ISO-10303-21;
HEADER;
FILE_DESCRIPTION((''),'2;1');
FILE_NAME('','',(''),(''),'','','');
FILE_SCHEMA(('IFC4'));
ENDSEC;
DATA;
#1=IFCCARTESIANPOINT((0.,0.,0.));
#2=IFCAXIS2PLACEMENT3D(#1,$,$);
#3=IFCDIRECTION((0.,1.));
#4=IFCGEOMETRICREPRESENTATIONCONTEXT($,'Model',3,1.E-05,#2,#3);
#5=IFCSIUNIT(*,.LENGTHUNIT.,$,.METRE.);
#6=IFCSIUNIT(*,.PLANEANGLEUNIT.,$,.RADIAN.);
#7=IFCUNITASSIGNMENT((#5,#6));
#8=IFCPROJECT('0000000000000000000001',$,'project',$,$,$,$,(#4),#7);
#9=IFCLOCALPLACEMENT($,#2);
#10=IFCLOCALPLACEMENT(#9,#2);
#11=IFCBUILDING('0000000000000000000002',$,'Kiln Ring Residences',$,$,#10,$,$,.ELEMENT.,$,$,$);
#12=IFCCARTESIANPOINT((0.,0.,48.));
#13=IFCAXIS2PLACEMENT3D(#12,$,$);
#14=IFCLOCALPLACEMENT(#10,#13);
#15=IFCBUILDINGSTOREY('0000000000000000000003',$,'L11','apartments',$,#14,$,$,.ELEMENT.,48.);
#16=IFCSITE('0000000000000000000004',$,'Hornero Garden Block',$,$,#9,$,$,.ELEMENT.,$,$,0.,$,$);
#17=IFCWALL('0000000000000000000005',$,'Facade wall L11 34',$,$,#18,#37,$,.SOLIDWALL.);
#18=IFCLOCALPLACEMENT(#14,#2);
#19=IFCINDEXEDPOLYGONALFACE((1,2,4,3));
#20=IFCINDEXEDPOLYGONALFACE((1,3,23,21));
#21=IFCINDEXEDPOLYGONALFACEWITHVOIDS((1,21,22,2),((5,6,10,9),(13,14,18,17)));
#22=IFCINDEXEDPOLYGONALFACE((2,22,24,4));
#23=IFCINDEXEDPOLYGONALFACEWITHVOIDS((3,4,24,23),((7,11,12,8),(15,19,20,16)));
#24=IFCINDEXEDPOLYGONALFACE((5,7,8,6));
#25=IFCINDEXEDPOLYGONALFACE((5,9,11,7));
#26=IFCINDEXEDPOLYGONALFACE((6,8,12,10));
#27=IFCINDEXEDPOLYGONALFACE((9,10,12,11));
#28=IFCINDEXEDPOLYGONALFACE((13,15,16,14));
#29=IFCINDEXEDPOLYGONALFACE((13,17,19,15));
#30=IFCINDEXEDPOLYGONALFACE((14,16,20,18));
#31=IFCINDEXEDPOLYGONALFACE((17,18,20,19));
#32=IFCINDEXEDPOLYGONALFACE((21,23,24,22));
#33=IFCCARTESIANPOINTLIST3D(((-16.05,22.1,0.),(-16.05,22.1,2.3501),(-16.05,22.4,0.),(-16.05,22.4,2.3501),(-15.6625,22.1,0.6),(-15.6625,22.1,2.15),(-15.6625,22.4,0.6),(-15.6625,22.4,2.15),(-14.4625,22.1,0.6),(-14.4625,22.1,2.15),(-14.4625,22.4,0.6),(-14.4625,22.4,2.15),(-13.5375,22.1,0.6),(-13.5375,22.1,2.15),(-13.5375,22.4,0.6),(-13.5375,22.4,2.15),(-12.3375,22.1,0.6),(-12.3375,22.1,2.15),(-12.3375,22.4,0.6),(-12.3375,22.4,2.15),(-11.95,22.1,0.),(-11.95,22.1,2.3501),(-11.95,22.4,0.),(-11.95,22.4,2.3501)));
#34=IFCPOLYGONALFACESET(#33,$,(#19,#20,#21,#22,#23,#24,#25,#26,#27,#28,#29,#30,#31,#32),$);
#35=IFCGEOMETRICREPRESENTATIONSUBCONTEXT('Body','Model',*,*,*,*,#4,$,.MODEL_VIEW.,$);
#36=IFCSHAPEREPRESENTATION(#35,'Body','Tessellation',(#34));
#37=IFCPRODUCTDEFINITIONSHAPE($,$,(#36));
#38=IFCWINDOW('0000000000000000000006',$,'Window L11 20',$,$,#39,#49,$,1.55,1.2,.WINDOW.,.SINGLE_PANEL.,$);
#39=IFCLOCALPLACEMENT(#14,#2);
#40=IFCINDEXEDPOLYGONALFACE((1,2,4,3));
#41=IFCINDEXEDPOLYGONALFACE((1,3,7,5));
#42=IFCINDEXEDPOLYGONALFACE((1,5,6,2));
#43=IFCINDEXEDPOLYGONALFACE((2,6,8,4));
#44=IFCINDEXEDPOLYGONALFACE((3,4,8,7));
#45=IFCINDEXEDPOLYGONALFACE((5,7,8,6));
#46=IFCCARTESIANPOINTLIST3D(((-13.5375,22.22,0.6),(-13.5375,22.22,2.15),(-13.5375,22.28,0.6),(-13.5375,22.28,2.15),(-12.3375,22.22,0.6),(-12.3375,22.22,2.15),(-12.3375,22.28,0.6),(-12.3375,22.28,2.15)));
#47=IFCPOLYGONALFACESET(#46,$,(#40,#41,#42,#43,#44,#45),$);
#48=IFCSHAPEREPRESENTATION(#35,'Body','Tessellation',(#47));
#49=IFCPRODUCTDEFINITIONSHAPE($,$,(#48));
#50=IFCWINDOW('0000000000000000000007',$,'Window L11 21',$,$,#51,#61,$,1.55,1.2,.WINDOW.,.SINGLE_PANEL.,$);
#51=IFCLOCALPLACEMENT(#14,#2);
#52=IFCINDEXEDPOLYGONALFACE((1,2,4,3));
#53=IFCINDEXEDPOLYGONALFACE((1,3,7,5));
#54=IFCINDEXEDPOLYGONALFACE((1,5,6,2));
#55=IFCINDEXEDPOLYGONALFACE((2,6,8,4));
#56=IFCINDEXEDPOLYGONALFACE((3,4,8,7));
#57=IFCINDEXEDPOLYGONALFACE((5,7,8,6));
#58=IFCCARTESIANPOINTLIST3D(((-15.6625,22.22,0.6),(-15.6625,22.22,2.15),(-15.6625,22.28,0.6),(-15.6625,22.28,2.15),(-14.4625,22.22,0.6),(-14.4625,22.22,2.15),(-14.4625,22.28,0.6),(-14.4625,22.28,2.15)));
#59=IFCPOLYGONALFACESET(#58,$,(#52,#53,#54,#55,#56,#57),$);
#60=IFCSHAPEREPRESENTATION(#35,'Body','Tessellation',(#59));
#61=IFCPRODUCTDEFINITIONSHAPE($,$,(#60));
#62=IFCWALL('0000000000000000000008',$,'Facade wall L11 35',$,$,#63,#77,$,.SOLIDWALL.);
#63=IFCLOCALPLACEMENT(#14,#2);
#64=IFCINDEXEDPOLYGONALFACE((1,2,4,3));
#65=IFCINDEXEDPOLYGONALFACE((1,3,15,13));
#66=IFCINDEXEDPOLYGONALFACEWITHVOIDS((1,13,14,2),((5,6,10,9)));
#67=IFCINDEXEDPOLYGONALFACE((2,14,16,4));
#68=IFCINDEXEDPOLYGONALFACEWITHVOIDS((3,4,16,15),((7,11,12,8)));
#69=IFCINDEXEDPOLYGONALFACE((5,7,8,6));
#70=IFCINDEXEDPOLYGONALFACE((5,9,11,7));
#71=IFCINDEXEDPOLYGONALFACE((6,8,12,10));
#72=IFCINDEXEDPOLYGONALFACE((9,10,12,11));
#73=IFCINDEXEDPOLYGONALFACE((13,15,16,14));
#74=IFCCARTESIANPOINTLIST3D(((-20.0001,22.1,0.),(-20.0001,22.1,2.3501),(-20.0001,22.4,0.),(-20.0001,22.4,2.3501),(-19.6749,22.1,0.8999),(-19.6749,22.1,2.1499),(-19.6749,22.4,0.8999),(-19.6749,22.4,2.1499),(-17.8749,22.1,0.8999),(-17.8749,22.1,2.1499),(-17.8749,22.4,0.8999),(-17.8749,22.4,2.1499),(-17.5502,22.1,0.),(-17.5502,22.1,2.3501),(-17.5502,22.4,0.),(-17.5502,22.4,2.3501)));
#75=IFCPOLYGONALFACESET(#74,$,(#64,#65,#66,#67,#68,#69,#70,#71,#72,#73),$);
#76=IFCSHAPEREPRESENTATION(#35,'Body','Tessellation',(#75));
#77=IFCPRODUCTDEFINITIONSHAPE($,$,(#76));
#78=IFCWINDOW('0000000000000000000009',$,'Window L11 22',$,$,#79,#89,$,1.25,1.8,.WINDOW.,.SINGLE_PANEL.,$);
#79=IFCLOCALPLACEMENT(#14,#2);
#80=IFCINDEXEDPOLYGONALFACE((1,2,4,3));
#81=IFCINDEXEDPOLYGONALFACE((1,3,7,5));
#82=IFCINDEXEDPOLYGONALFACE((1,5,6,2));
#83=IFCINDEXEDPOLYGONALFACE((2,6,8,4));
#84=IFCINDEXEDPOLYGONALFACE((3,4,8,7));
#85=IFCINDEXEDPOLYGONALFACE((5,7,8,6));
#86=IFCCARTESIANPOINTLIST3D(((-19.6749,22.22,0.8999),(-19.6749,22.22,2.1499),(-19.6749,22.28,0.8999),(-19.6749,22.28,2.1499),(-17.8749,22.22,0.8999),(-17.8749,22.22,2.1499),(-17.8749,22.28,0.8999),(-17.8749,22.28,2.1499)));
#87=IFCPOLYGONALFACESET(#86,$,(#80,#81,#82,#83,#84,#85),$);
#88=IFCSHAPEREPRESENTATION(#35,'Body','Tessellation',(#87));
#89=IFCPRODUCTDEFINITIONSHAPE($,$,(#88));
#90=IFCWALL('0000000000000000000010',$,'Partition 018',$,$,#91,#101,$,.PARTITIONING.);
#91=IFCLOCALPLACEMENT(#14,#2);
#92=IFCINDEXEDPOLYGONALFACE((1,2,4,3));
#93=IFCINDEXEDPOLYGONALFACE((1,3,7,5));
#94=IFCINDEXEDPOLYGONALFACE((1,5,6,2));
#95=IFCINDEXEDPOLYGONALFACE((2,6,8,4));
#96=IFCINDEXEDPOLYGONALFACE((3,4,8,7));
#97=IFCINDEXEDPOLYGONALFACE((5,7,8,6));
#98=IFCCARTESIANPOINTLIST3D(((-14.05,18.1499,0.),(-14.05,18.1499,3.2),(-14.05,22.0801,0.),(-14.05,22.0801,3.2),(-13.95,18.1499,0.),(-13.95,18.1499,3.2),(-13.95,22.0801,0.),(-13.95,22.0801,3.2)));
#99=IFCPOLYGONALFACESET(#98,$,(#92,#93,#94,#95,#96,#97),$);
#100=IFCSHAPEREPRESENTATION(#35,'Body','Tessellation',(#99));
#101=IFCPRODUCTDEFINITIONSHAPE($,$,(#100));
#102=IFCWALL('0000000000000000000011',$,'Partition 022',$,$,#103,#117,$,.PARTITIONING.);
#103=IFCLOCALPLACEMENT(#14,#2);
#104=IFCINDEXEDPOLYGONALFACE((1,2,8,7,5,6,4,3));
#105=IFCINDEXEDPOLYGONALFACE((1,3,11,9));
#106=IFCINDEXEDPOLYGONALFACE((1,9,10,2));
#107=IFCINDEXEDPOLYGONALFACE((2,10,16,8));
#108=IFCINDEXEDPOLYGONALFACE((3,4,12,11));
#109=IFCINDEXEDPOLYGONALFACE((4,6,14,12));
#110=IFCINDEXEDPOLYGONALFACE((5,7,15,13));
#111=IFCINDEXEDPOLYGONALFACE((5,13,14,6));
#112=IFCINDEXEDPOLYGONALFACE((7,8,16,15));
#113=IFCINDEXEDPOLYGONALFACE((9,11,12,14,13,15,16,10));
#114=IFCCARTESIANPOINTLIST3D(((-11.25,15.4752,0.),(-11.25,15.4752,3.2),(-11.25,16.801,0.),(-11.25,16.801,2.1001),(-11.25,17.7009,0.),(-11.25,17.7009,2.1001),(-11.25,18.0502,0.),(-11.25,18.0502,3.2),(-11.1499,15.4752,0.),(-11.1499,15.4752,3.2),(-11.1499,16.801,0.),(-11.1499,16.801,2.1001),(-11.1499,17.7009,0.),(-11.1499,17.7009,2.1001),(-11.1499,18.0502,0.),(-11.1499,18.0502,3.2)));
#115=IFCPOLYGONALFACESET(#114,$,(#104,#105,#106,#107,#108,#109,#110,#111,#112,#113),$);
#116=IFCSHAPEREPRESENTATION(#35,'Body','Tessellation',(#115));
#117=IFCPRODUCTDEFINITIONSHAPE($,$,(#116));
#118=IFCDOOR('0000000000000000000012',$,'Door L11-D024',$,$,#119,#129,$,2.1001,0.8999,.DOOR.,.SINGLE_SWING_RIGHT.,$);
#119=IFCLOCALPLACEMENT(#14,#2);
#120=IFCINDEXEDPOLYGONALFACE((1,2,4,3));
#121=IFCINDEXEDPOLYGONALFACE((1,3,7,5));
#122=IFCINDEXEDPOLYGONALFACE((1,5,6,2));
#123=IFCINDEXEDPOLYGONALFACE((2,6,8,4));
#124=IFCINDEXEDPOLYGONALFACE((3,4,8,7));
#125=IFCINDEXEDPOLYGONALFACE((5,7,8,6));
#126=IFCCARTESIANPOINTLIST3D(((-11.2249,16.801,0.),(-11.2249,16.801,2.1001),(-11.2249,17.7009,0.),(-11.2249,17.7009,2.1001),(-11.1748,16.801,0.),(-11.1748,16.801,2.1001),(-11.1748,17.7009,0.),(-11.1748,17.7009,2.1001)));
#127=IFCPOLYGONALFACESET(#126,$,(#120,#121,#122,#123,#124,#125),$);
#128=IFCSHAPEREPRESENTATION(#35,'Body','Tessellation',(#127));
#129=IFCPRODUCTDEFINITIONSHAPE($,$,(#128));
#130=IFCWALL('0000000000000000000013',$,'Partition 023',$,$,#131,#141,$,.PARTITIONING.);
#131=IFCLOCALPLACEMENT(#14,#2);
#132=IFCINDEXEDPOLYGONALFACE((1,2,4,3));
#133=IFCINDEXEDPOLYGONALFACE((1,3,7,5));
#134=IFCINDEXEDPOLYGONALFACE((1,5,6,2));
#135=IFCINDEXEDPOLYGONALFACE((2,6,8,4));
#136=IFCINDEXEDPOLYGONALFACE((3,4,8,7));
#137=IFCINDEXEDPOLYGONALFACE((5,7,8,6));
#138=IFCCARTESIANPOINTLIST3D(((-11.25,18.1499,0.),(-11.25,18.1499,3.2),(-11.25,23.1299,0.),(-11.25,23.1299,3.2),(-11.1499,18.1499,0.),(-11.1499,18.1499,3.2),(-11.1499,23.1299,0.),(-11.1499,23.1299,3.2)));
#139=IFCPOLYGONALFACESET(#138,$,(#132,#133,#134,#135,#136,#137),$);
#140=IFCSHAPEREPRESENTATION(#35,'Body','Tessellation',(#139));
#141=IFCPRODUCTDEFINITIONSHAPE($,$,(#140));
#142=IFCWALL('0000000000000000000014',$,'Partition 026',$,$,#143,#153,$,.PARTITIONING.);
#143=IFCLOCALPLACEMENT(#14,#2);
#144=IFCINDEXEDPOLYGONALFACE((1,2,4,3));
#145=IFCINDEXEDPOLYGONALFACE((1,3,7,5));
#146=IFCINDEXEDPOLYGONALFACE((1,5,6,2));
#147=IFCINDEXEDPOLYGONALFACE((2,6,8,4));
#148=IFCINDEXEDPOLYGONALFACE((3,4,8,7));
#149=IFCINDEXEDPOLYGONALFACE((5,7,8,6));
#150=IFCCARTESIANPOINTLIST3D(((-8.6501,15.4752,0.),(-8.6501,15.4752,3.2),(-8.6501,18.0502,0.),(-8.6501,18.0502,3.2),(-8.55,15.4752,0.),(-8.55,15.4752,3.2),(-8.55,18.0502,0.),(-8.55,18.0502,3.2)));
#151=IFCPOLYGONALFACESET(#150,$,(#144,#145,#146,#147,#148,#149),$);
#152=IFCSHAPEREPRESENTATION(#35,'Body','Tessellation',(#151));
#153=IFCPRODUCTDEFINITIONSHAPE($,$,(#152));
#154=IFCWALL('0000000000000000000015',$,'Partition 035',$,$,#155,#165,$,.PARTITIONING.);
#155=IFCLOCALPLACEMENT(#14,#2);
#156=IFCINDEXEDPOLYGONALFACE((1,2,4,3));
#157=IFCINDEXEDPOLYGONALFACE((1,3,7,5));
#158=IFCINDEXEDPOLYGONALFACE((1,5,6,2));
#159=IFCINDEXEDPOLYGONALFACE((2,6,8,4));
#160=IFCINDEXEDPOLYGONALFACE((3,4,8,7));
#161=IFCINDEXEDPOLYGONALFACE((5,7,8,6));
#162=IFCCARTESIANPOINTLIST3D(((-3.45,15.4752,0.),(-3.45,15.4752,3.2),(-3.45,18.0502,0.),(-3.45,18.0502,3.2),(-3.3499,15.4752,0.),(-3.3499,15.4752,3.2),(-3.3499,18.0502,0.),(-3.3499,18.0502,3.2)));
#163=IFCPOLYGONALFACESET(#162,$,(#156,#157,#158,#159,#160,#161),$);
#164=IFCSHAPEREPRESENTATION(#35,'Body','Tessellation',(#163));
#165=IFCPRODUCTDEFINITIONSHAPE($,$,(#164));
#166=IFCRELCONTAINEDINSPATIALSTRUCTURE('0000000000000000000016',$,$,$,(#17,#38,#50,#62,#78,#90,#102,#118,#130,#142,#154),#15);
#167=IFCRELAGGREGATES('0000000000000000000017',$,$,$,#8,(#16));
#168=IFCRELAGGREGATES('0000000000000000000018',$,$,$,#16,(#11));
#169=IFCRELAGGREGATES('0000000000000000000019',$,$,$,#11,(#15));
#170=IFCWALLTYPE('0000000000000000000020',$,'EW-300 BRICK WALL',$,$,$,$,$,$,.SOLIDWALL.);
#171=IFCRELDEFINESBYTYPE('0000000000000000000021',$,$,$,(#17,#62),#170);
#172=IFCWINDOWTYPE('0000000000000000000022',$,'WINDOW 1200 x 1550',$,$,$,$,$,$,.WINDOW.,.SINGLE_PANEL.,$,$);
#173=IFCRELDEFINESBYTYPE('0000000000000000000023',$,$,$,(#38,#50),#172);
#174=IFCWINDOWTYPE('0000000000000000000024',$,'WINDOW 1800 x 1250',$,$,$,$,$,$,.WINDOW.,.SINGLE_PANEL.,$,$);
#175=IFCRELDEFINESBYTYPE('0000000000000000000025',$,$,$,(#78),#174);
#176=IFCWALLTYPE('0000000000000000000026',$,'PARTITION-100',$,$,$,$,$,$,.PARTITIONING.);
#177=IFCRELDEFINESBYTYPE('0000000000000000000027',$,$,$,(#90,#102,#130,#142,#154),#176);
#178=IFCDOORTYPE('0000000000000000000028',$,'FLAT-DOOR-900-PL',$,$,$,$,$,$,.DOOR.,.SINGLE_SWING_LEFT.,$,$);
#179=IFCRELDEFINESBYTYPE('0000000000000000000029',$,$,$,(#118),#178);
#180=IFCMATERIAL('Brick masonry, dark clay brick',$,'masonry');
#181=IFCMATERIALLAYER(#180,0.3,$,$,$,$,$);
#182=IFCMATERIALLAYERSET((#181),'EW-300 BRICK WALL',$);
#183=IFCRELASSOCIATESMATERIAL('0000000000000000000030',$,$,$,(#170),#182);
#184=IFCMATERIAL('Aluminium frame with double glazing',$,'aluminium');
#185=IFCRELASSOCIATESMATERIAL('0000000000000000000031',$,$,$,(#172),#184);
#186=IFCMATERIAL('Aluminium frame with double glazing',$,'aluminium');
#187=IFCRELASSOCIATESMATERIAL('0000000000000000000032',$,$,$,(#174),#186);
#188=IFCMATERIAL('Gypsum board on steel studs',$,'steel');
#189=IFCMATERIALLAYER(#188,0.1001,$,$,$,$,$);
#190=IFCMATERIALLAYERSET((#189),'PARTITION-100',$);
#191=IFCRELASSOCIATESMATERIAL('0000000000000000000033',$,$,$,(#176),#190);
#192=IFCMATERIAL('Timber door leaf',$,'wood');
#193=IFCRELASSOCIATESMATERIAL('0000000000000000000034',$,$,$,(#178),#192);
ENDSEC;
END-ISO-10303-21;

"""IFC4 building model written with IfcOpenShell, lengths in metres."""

from ifc_helpers import new_model, si_unit, direction, frame, frame_2d, origin, place, context, subcontext, project, spatial, rectangle, extrude, material, layer, layer_set, type_object, element, fill, save


model = new_model("IFC4")

# Units and contexts
model_context = context("Model", 3, precision=1e-05, world=origin(), true_north=direction((0.0, 1.0)))
body_context = subcontext(model_context, "Body", "Model", "MODEL_VIEW")
ifc_project = project(units=[si_unit("LENGTHUNIT", "METRE"), si_unit("PLANEANGLEUNIT", "RADIAN")], contexts=[model_context])

# Site, building, storey
site_placement = place(None, origin())
site = spatial("IfcSite", under=ifc_project, at=site_placement, Name="Hornero Garden Block", CompositionType="ELEMENT", RefElevation=0.0)
building_placement = place(site_placement, origin())
building = spatial("IfcBuilding", under=site, at=building_placement, Name="Kiln Ring Residences", CompositionType="ELEMENT")
storey_placement = place(building_placement, frame((0.0, 0.0, 48.0)))
storey = spatial("IfcBuildingStorey", under=building, at=storey_placement, Name="L11", Description="apartments", CompositionType="ELEMENT", Elevation=48.0)

# Shared definitions
ifc_material_1 = material(Name="Brick masonry, dark clay brick", Category="masonry")
ifc_layer_1 = layer(ifc_material_1, 0.3)
ifc_layer_set_1 = layer_set([ifc_layer_1], Name="EW-300 BRICK WALL")
wall_type_1 = type_object("IfcWallType", Name="EW-300 BRICK WALL", PredefinedType="SOLIDWALL", material=ifc_layer_set_1)

# Wall, openings, windows
wall_1_placement = place(storey_placement, frame((-11.95, 22.25, 0.0), z_axis=(0.0, 0.0, 1.0), x_axis=(-1.0, 0.0, 0.0)))
wall_1 = element("IfcWall", 1, at=wall_1_placement, inside=storey, type_object=wall_type_1, Name="Facade wall L11 34", PredefinedType="SOLIDWALL", context=body_context, shape_type="SweptSolid", body=[
    extrude(rectangle(XDim=4.1001, YDim=0.3, at=frame_2d((2.05, 0.0))), origin(), (0.0, 0.0, 1.0), 2.3501),
])
opening_1_placement = place(wall_1_placement, frame((0.3875, 0.0, 0.6001)))
opening_1 = element("IfcOpeningElement", 2, at=opening_1_placement, cuts=wall_1, PredefinedType="OPENING", context=body_context, shape_type="SweptSolid", body=[
    extrude(rectangle(XDim=1.2, YDim=1.55, at=frame_2d((0.6001, 0.7749))), frame((0.0, 0.1599, 0.0), z_axis=(0.0, -1.0, 0.0), x_axis=(1.0, 0.0, 0.0)), (0.0, 0.0, 1.0), 0.3201),
])
opening_2_placement = place(wall_1_placement, frame((2.5125, 0.0, 0.6001)))
opening_2 = element("IfcOpeningElement", 3, at=opening_2_placement, cuts=wall_1, PredefinedType="OPENING", context=body_context, shape_type="SweptSolid", body=[
    extrude(rectangle(XDim=1.2, YDim=1.55, at=frame_2d((0.6001, 0.7749))), frame((0.0, 0.1599, 0.0), z_axis=(0.0, -1.0, 0.0), x_axis=(1.0, 0.0, 0.0)), (0.0, 0.0, 1.0), 0.3201),
])
ifc_material_2 = material(Name="Aluminium frame with double glazing", Category="aluminium")
window_type_1 = type_object("IfcWindowType", Name="WINDOW 1200 x 1550", PartitioningType="SINGLE_PANEL", PredefinedType="WINDOW", material=ifc_material_2)
window_1_placement = place(opening_1_placement, origin())
window_1 = element("IfcWindow", 4, at=window_1_placement, inside=storey, type_object=window_type_1, Name="Window L11 20", OverallHeight=1.55, OverallWidth=1.2, PartitioningType="SINGLE_PANEL", PredefinedType="WINDOW", context=body_context, shape_type="SweptSolid", body=[
    extrude(rectangle(XDim=1.2, YDim=1.55, at=frame_2d((0.6001, 0.7749))), frame((0.0, 0.03, 0.0), z_axis=(0.0, -1.0, 0.0), x_axis=(1.0, 0.0, 0.0)), (0.0, 0.0, 1.0), 0.0601),
])
fill(opening_1, window_1)
window_2_placement = place(opening_2_placement, origin())
window_2 = element("IfcWindow", 5, at=window_2_placement, inside=storey, type_object=window_type_1, Name="Window L11 21", OverallHeight=1.55, OverallWidth=1.2, PartitioningType="SINGLE_PANEL", PredefinedType="WINDOW", context=body_context, shape_type="SweptSolid", body=[
    extrude(rectangle(XDim=1.2, YDim=1.55, at=frame_2d((0.6001, 0.7749))), frame((0.0, 0.03, 0.0), z_axis=(0.0, -1.0, 0.0), x_axis=(1.0, 0.0, 0.0)), (0.0, 0.0, 1.0), 0.0601),
])
fill(opening_2, window_2)

# Wall, opening, window
wall_2_placement = place(storey_placement, frame((-17.55, 22.25, 0.0), z_axis=(0.0, 0.0, 1.0), x_axis=(-1.0, 0.0, 0.0)))
wall_2 = element("IfcWall", 6, at=wall_2_placement, inside=storey, type_object=wall_type_1, Name="Facade wall L11 35", PredefinedType="SOLIDWALL", context=body_context, shape_type="SweptSolid", body=[
    extrude(rectangle(XDim=2.45, YDim=0.3, at=frame_2d((1.2251, 0.0))), origin(), (0.0, 0.0, 1.0), 2.3501),
])
opening_3_placement = place(wall_2_placement, frame((0.325, 0.0, 0.8999)))
opening_3 = element("IfcOpeningElement", 7, at=opening_3_placement, cuts=wall_2, PredefinedType="OPENING", context=body_context, shape_type="SweptSolid", body=[
    extrude(rectangle(XDim=1.8, YDim=1.25, at=frame_2d((0.8999, 0.625))), frame((0.0, 0.1599, 0.0), z_axis=(0.0, -1.0, 0.0), x_axis=(1.0, 0.0, 0.0)), (0.0, 0.0, 1.0), 0.3201),
])
ifc_material_3 = material(Name="Aluminium frame with double glazing", Category="aluminium")
window_type_2 = type_object("IfcWindowType", Name="WINDOW 1800 x 1250", PartitioningType="SINGLE_PANEL", PredefinedType="WINDOW", material=ifc_material_3)
window_3_placement = place(opening_3_placement, origin())
window_3 = element("IfcWindow", 8, at=window_3_placement, inside=storey, type_object=window_type_2, Name="Window L11 22", OverallHeight=1.25, OverallWidth=1.8, PartitioningType="SINGLE_PANEL", PredefinedType="WINDOW", context=body_context, shape_type="SweptSolid", body=[
    extrude(rectangle(XDim=1.8, YDim=1.25, at=frame_2d((0.8999, 0.625))), frame((0.0, 0.03, 0.0), z_axis=(0.0, -1.0, 0.0), x_axis=(1.0, 0.0, 0.0)), (0.0, 0.0, 1.0), 0.0601),
])
fill(opening_3, window_3)

# Wall
ifc_material_4 = material(Name="Gypsum board on steel studs", Category="steel")
ifc_layer_2 = layer(ifc_material_4, 0.1001)
ifc_layer_set_2 = layer_set([ifc_layer_2], Name="PARTITION-100")
wall_type_2 = type_object("IfcWallType", Name="PARTITION-100", PredefinedType="PARTITIONING", material=ifc_layer_set_2)
wall_3_placement = place(storey_placement, frame((-14.0, 18.1499, 0.0), z_axis=(0.0, 0.0, 1.0), x_axis=(0.0, 1.0, 0.0)))
element("IfcWall", 9, at=wall_3_placement, inside=storey, type_object=wall_type_2, Name="Partition 018", PredefinedType="PARTITIONING", context=body_context, shape_type="SweptSolid", body=[
    extrude(rectangle(XDim=3.9302, YDim=0.1001, at=frame_2d((1.9651, 0.0))), origin(), (0.0, 0.0, 1.0), 3.2),
])

# Wall, opening, door
wall_4_placement = place(storey_placement, frame((-11.2, 15.4751, 0.0), z_axis=(0.0, 0.0, 1.0), x_axis=(0.0, 1.0, 0.0)))
wall_4 = element("IfcWall", 10, at=wall_4_placement, inside=storey, type_object=wall_type_2, Name="Partition 022", PredefinedType="PARTITIONING", context=body_context, shape_type="SweptSolid", body=[
    extrude(rectangle(XDim=2.575, YDim=0.1001, at=frame_2d((1.2876, 0.0))), origin(), (0.0, 0.0, 1.0), 3.2),
])
opening_4_placement = place(wall_4_placement, frame((1.3259, 0.0, 0.0)))
opening_4 = element("IfcOpeningElement", 11, at=opening_4_placement, cuts=wall_4, PredefinedType="OPENING", context=body_context, shape_type="SweptSolid", body=[
    extrude(rectangle(XDim=0.8999, YDim=2.1001, at=frame_2d((0.45, 1.05))), frame((0.0, 0.0601, 0.0), z_axis=(0.0, -1.0, 0.0), x_axis=(1.0, 0.0, 0.0)), (0.0, 0.0, 1.0), 0.1201),
])
ifc_material_5 = material(Name="Timber door leaf", Category="wood")
door_type = type_object("IfcDoorType", Name="FLAT-DOOR-900-PL", OperationType="SINGLE_SWING_LEFT", PredefinedType="DOOR", material=ifc_material_5)
door_placement = place(opening_4_placement, origin())
door = element("IfcDoor", 12, at=door_placement, inside=storey, type_object=door_type, Name="Door L11-D024", OperationType="SINGLE_SWING_RIGHT", OverallHeight=2.1001, OverallWidth=0.8999, PredefinedType="DOOR", context=body_context, shape_type="SweptSolid", body=[
    extrude(rectangle(XDim=0.8999, YDim=2.1001, at=frame_2d((0.45, 1.05))), frame((0.0, 0.0249, 0.0), z_axis=(0.0, -1.0, 0.0), x_axis=(1.0, 0.0, 0.0)), (0.0, 0.0, 1.0), 0.05),
])
fill(opening_4, door)

# Walls
wall_5_placement = place(storey_placement, frame((-11.2, 18.1499, 0.0), z_axis=(0.0, 0.0, 1.0), x_axis=(0.0, 1.0, 0.0)))
element("IfcWall", 13, at=wall_5_placement, inside=storey, type_object=wall_type_2, Name="Partition 023", PredefinedType="PARTITIONING", context=body_context, shape_type="SweptSolid", body=[
    extrude(rectangle(XDim=4.98, YDim=0.1001, at=frame_2d((2.49, 0.0))), origin(), (0.0, 0.0, 1.0), 3.2),
])
for number, where, z_axis, x_axis, name in (
    (14, (-8.6001, 15.4751, 0.0), (0.0, 0.0, 1.0), (0.0, 1.0, 0.0), "Partition 026"),
    (15, (-3.3999, 15.4751, 0.0), (0.0, 0.0, 1.0), (0.0, 1.0, 0.0), "Partition 035"),
):
    element("IfcWall", number, at=place(storey_placement, frame(where, z_axis=z_axis, x_axis=x_axis)), inside=storey, type_object=wall_type_2, Name=name, PredefinedType="PARTITIONING", context=body_context, shape_type="SweptSolid", body=[
        extrude(rectangle(XDim=2.575, YDim=0.1001, at=frame_2d((1.2876, 0.0))), origin(), (0.0, 0.0, 1.0), 3.2),
    ])

save(model, "model.ifc")
